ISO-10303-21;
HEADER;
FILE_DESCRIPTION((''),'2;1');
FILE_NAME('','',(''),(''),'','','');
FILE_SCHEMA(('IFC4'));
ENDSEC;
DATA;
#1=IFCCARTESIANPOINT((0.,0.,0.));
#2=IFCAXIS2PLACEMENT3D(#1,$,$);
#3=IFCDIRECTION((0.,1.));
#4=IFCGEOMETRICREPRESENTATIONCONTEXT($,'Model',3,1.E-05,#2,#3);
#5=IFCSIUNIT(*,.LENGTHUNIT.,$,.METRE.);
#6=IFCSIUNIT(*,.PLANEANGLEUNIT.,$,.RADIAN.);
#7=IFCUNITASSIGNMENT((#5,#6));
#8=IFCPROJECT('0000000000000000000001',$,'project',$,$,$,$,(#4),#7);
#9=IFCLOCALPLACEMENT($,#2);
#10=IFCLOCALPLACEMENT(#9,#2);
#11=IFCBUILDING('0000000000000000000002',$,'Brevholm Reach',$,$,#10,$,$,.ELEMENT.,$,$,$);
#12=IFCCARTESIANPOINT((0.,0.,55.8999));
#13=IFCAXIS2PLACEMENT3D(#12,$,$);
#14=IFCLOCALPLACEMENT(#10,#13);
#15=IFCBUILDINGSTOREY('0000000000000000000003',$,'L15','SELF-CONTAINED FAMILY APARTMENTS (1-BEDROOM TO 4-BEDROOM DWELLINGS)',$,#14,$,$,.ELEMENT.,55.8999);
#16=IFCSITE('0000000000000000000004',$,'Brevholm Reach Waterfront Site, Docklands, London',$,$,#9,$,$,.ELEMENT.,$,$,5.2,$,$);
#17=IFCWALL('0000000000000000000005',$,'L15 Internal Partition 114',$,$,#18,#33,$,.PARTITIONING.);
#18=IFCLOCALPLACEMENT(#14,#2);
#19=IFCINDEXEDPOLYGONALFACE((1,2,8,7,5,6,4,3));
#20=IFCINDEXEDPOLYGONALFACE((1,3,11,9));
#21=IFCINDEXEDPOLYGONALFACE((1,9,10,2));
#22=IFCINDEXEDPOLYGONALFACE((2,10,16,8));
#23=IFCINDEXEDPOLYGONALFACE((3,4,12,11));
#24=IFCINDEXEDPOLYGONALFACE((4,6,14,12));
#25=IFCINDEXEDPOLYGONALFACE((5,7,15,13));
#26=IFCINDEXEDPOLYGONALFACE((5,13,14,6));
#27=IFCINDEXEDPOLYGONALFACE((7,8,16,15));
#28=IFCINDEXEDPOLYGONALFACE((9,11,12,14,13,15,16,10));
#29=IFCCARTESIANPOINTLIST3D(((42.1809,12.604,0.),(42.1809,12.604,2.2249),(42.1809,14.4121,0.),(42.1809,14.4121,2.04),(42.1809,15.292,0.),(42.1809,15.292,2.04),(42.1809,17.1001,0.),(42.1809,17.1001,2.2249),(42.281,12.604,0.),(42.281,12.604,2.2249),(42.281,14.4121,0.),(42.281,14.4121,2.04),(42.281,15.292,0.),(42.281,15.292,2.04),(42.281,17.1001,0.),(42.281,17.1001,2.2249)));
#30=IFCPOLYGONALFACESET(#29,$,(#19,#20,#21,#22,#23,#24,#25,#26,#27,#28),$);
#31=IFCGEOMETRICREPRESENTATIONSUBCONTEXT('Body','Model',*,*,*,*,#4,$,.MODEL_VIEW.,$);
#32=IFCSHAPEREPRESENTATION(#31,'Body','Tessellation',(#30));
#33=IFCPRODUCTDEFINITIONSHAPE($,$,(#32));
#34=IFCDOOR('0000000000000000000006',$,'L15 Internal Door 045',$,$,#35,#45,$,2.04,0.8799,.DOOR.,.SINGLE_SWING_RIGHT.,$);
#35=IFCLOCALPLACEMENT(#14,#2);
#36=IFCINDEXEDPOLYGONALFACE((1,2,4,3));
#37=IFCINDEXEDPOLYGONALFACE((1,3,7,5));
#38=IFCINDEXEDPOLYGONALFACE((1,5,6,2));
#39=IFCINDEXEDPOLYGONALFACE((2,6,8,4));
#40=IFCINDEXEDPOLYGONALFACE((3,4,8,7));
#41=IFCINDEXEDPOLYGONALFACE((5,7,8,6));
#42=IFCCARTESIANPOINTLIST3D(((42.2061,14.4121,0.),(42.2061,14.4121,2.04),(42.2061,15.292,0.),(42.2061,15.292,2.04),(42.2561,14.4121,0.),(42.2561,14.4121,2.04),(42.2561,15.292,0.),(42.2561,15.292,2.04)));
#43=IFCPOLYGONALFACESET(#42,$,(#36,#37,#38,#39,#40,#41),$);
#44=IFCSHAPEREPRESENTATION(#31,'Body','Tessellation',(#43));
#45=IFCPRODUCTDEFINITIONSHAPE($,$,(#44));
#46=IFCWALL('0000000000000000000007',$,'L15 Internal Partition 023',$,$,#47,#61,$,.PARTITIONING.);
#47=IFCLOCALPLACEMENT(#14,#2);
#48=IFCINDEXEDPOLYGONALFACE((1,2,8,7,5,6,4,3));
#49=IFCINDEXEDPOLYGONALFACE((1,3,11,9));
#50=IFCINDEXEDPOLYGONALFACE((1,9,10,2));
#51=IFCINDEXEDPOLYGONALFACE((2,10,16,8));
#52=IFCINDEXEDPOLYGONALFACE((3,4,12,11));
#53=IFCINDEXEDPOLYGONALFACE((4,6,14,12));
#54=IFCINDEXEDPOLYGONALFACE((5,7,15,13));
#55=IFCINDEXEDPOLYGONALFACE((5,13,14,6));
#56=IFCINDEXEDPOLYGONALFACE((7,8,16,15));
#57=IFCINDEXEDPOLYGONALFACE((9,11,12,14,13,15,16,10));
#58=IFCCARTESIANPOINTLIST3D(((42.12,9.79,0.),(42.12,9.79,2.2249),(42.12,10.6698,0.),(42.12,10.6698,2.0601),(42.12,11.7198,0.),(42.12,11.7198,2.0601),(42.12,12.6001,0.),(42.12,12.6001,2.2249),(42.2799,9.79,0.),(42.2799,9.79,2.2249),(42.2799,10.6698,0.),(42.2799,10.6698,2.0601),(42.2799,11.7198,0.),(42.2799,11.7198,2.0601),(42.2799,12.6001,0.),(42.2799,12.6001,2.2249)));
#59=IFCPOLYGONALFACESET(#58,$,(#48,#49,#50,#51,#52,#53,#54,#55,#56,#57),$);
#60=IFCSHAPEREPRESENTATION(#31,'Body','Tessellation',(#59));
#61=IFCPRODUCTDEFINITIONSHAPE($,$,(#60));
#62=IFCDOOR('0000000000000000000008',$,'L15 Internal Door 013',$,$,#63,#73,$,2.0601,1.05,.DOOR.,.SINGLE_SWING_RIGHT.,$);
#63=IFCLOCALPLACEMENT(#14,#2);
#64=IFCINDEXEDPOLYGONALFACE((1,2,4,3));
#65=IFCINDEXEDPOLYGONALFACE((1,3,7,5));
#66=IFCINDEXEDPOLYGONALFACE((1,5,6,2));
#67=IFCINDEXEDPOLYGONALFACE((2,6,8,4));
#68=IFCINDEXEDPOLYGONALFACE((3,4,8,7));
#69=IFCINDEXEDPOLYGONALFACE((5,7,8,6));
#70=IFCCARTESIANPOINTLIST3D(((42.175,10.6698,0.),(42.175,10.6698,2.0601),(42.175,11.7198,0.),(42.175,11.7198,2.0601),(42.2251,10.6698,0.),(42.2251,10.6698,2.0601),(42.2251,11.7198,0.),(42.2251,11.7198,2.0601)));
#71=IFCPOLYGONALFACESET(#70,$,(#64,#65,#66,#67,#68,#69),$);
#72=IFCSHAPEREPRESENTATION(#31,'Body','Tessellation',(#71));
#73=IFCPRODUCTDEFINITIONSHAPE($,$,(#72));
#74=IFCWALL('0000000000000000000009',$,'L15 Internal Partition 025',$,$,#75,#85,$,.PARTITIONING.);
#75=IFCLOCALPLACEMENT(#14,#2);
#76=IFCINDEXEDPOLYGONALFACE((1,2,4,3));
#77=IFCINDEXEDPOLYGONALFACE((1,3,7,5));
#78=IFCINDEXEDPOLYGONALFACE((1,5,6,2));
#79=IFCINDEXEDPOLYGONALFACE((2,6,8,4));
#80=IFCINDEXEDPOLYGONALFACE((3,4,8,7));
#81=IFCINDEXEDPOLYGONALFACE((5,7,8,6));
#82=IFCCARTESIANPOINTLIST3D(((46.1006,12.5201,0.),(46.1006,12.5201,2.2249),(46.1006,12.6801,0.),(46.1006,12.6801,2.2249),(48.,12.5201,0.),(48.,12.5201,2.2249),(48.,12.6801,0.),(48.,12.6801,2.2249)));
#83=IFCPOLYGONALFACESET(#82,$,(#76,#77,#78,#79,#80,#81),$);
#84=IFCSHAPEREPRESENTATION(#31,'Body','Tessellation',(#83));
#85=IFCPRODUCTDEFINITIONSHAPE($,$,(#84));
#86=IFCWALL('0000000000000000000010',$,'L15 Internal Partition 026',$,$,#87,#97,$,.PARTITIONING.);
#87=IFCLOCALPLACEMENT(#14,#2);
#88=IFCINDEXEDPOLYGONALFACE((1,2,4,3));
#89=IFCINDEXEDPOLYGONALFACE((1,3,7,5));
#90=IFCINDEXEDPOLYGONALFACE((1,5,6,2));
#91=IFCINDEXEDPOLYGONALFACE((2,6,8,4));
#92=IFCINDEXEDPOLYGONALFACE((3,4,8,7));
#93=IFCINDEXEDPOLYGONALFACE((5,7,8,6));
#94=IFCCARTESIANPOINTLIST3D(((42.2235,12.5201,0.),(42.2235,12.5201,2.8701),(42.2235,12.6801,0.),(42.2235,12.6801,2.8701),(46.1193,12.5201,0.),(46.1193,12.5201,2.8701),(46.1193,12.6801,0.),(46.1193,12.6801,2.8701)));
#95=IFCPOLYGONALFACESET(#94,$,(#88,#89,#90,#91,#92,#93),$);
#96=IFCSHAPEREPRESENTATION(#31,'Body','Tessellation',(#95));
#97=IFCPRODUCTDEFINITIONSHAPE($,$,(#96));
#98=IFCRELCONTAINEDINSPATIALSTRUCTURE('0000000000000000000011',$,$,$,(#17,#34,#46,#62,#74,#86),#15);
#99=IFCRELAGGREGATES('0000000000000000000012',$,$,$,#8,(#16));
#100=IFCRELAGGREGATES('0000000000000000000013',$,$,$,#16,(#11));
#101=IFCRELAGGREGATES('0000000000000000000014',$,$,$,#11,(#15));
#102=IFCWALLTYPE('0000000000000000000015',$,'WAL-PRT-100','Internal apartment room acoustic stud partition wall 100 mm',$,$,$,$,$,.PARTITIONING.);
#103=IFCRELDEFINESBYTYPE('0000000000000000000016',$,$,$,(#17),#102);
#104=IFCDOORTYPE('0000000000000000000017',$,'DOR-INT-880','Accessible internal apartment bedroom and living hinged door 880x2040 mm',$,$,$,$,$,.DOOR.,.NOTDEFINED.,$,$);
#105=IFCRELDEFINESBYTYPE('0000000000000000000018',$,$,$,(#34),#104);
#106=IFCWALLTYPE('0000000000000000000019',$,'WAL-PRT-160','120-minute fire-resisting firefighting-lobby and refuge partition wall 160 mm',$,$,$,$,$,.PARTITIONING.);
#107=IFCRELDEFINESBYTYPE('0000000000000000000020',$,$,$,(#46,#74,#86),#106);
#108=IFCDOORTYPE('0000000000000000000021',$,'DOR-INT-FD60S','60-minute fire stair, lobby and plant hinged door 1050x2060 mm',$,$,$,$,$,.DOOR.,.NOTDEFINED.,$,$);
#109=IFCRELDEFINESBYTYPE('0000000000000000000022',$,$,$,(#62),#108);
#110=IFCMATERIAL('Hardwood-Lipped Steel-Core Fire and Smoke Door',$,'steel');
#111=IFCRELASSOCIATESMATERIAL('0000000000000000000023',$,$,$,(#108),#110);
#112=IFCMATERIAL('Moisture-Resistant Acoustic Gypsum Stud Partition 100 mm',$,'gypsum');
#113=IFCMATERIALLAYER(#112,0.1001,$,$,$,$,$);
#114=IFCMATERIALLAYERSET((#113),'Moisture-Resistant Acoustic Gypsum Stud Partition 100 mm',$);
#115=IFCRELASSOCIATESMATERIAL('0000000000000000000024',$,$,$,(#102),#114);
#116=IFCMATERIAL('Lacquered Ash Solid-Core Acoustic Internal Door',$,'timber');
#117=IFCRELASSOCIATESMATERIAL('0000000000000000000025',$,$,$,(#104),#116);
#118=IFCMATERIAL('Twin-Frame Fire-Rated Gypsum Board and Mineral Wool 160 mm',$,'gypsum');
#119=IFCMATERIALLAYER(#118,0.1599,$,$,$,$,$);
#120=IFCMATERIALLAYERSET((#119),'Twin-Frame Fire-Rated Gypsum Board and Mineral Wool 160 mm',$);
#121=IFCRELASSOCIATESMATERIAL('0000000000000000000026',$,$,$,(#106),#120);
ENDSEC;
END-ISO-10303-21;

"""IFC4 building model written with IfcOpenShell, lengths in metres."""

from ifc_helpers import new_model, si_unit, direction, frame, frame_2d, origin, place, context, subcontext, project, spatial, rectangle, extrude, material, layer, layer_set, type_object, element, fill, save


model = new_model("IFC4")

# Units and contexts
model_context = context("Model", 3, precision=1e-05, world=origin(), true_north=direction((0.0, 1.0)))
body_context = subcontext(model_context, "Body", "Model", "MODEL_VIEW")
ifc_project = project(units=[si_unit("LENGTHUNIT", "METRE"), si_unit("PLANEANGLEUNIT", "RADIAN")], contexts=[model_context])

# Site, building, storey
site_placement = place(None, origin())
site = spatial("IfcSite", under=ifc_project, at=site_placement, Name="Brevholm Reach Waterfront Site, Docklands, London", CompositionType="ELEMENT", RefElevation=5.2)
building_placement = place(site_placement, origin())
building = spatial("IfcBuilding", under=site, at=building_placement, Name="Brevholm Reach", CompositionType="ELEMENT")
storey_placement = place(building_placement, frame((0.0, 0.0, 55.8999)))
storey = spatial("IfcBuildingStorey", under=building, at=storey_placement, Name="L15", Description="SELF-CONTAINED FAMILY APARTMENTS (1-BEDROOM TO 4-BEDROOM DWELLINGS)", CompositionType="ELEMENT", Elevation=55.8999)

# Shared definitions
ifc_material_1 = material(Name="Hardwood-Lipped Steel-Core Fire and Smoke Door", Category="steel")
door_type_1 = type_object("IfcDoorType", Name="DOR-INT-FD60S", Description="60-minute fire stair, lobby and plant hinged door 1050x2060 mm", OperationType="NOTDEFINED", PredefinedType="DOOR", material=ifc_material_1)

# Shared definitions
ifc_material_2 = material(Name="Moisture-Resistant Acoustic Gypsum Stud Partition 100 mm", Category="gypsum")
ifc_layer_1 = layer(ifc_material_2, 0.1001)
ifc_layer_set_1 = layer_set([ifc_layer_1], Name="Moisture-Resistant Acoustic Gypsum Stud Partition 100 mm")
wall_type_1 = type_object("IfcWallType", Name="WAL-PRT-100", Description="Internal apartment room acoustic stud partition wall 100 mm", PredefinedType="PARTITIONING", material=ifc_layer_set_1)

# Walls, openings, doors
wall_1_placement = place(storey_placement, frame((42.231, 12.604, 0.0), z_axis=(0.0, 0.0, 1.0), x_axis=(0.0, 1.0, 0.0)))
wall_1 = element("IfcWall", 1, at=wall_1_placement, inside=storey, type_object=wall_type_1, Name="L15 Internal Partition 114", PredefinedType="PARTITIONING", context=body_context, shape_type="SweptSolid", body=[
    extrude(rectangle(XDim=4.4961, YDim=0.1001, at=frame_2d((2.248, 0.0))), origin(), (0.0, 0.0, 1.0), 2.2249),
])
opening_1_placement = place(wall_1_placement, frame((1.8081, 0.0, 0.0)))
opening_1 = element("IfcOpeningElement", 2, at=opening_1_placement, cuts=wall_1, PredefinedType="OPENING", context=body_context, shape_type="SweptSolid", body=[
    extrude(rectangle(XDim=0.8799, YDim=2.04, at=frame_2d((0.4399, 1.02))), frame((0.0, 0.0601, 0.0), z_axis=(0.0, -1.0, 0.0), x_axis=(1.0, 0.0, 0.0)), (0.0, 0.0, 1.0), 0.1201),
])
ifc_material_3 = material(Name="Lacquered Ash Solid-Core Acoustic Internal Door", Category="timber")
door_type_2 = type_object("IfcDoorType", Name="DOR-INT-880", Description="Accessible internal apartment bedroom and living hinged door 880x2040 mm", OperationType="NOTDEFINED", PredefinedType="DOOR", material=ifc_material_3)
door_1_placement = place(opening_1_placement, origin())
door_1 = element("IfcDoor", 3, at=door_1_placement, inside=storey, type_object=door_type_2, Name="L15 Internal Door 045", OperationType="SINGLE_SWING_RIGHT", OverallHeight=2.04, OverallWidth=0.8799, PredefinedType="DOOR", context=body_context, shape_type="SweptSolid", body=[
    extrude(rectangle(XDim=0.8799, YDim=2.04, at=frame_2d((0.4399, 1.02))), frame((0.0, 0.0249, 0.0), z_axis=(0.0, -1.0, 0.0), x_axis=(1.0, 0.0, 0.0)), (0.0, 0.0, 1.0), 0.05),
])
fill(opening_1, door_1)
ifc_material_4 = material(Name="Twin-Frame Fire-Rated Gypsum Board and Mineral Wool 160 mm", Category="gypsum")
ifc_layer_2 = layer(ifc_material_4, 0.1599)
ifc_layer_set_2 = layer_set([ifc_layer_2], Name="Twin-Frame Fire-Rated Gypsum Board and Mineral Wool 160 mm")
wall_type_2 = type_object("IfcWallType", Name="WAL-PRT-160", Description="120-minute fire-resisting firefighting-lobby and refuge partition wall 160 mm", PredefinedType="PARTITIONING", material=ifc_layer_set_2)
wall_2_placement = place(storey_placement, frame((42.2, 9.79, 0.0), z_axis=(0.0, 0.0, 1.0), x_axis=(0.0, 1.0, 0.0)))
wall_2 = element("IfcWall", 4, at=wall_2_placement, inside=storey, type_object=wall_type_2, Name="L15 Internal Partition 023", PredefinedType="PARTITIONING", context=body_context, shape_type="SweptSolid", body=[
    extrude(rectangle(XDim=2.8101, YDim=0.1599, at=frame_2d((1.405, 0.0))), origin(), (0.0, 0.0, 1.0), 2.2249),
])
opening_2_placement = place(wall_2_placement, frame((0.8799, 0.0, 0.0)))
opening_2 = element("IfcOpeningElement", 5, at=opening_2_placement, cuts=wall_2, PredefinedType="OPENING", context=body_context, shape_type="SweptSolid", body=[
    extrude(rectangle(XDim=1.05, YDim=2.0601, at=frame_2d((0.5249, 1.03))), frame((0.0, 0.0898, 0.0), z_axis=(0.0, -1.0, 0.0), x_axis=(1.0, 0.0, 0.0)), (0.0, 0.0, 1.0), 0.1799),
])
door_2_placement = place(opening_2_placement, origin())
door_2 = element("IfcDoor", 6, at=door_2_placement, inside=storey, type_object=door_type_1, Name="L15 Internal Door 013", OperationType="SINGLE_SWING_RIGHT", OverallHeight=2.0601, OverallWidth=1.05, PredefinedType="DOOR", context=body_context, shape_type="SweptSolid", body=[
    extrude(rectangle(XDim=1.05, YDim=2.0601, at=frame_2d((0.5249, 1.03))), frame((0.0, 0.0249, 0.0), z_axis=(0.0, -1.0, 0.0), x_axis=(1.0, 0.0, 0.0)), (0.0, 0.0, 1.0), 0.05),
])
fill(opening_2, door_2)

# Walls
wall_3_placement = place(storey_placement, frame((46.1006, 12.6001, 0.0), z_axis=(0.0, 0.0, 1.0), x_axis=(1.0, 0.0, 0.0)))
element("IfcWall", 7, at=wall_3_placement, inside=storey, type_object=wall_type_2, Name="L15 Internal Partition 025", PredefinedType="PARTITIONING", context=body_context, shape_type="SweptSolid", body=[
    extrude(rectangle(XDim=1.8994, YDim=0.1599, at=frame_2d((0.9497, 0.0))), origin(), (0.0, 0.0, 1.0), 2.2249),
])
wall_4_placement = place(storey_placement, frame((42.2236, 12.6001, 0.0), z_axis=(0.0, 0.0, 1.0), x_axis=(1.0, 0.0, 0.0)))
element("IfcWall", 8, at=wall_4_placement, inside=storey, type_object=wall_type_2, Name="L15 Internal Partition 026", PredefinedType="PARTITIONING", context=body_context, shape_type="SweptSolid", body=[
    extrude(rectangle(XDim=3.8958, YDim=0.1599, at=frame_2d((1.9478, 0.0))), origin(), (0.0, 0.0, 1.0), 2.8701),
])

save(model, "model.ifc")
